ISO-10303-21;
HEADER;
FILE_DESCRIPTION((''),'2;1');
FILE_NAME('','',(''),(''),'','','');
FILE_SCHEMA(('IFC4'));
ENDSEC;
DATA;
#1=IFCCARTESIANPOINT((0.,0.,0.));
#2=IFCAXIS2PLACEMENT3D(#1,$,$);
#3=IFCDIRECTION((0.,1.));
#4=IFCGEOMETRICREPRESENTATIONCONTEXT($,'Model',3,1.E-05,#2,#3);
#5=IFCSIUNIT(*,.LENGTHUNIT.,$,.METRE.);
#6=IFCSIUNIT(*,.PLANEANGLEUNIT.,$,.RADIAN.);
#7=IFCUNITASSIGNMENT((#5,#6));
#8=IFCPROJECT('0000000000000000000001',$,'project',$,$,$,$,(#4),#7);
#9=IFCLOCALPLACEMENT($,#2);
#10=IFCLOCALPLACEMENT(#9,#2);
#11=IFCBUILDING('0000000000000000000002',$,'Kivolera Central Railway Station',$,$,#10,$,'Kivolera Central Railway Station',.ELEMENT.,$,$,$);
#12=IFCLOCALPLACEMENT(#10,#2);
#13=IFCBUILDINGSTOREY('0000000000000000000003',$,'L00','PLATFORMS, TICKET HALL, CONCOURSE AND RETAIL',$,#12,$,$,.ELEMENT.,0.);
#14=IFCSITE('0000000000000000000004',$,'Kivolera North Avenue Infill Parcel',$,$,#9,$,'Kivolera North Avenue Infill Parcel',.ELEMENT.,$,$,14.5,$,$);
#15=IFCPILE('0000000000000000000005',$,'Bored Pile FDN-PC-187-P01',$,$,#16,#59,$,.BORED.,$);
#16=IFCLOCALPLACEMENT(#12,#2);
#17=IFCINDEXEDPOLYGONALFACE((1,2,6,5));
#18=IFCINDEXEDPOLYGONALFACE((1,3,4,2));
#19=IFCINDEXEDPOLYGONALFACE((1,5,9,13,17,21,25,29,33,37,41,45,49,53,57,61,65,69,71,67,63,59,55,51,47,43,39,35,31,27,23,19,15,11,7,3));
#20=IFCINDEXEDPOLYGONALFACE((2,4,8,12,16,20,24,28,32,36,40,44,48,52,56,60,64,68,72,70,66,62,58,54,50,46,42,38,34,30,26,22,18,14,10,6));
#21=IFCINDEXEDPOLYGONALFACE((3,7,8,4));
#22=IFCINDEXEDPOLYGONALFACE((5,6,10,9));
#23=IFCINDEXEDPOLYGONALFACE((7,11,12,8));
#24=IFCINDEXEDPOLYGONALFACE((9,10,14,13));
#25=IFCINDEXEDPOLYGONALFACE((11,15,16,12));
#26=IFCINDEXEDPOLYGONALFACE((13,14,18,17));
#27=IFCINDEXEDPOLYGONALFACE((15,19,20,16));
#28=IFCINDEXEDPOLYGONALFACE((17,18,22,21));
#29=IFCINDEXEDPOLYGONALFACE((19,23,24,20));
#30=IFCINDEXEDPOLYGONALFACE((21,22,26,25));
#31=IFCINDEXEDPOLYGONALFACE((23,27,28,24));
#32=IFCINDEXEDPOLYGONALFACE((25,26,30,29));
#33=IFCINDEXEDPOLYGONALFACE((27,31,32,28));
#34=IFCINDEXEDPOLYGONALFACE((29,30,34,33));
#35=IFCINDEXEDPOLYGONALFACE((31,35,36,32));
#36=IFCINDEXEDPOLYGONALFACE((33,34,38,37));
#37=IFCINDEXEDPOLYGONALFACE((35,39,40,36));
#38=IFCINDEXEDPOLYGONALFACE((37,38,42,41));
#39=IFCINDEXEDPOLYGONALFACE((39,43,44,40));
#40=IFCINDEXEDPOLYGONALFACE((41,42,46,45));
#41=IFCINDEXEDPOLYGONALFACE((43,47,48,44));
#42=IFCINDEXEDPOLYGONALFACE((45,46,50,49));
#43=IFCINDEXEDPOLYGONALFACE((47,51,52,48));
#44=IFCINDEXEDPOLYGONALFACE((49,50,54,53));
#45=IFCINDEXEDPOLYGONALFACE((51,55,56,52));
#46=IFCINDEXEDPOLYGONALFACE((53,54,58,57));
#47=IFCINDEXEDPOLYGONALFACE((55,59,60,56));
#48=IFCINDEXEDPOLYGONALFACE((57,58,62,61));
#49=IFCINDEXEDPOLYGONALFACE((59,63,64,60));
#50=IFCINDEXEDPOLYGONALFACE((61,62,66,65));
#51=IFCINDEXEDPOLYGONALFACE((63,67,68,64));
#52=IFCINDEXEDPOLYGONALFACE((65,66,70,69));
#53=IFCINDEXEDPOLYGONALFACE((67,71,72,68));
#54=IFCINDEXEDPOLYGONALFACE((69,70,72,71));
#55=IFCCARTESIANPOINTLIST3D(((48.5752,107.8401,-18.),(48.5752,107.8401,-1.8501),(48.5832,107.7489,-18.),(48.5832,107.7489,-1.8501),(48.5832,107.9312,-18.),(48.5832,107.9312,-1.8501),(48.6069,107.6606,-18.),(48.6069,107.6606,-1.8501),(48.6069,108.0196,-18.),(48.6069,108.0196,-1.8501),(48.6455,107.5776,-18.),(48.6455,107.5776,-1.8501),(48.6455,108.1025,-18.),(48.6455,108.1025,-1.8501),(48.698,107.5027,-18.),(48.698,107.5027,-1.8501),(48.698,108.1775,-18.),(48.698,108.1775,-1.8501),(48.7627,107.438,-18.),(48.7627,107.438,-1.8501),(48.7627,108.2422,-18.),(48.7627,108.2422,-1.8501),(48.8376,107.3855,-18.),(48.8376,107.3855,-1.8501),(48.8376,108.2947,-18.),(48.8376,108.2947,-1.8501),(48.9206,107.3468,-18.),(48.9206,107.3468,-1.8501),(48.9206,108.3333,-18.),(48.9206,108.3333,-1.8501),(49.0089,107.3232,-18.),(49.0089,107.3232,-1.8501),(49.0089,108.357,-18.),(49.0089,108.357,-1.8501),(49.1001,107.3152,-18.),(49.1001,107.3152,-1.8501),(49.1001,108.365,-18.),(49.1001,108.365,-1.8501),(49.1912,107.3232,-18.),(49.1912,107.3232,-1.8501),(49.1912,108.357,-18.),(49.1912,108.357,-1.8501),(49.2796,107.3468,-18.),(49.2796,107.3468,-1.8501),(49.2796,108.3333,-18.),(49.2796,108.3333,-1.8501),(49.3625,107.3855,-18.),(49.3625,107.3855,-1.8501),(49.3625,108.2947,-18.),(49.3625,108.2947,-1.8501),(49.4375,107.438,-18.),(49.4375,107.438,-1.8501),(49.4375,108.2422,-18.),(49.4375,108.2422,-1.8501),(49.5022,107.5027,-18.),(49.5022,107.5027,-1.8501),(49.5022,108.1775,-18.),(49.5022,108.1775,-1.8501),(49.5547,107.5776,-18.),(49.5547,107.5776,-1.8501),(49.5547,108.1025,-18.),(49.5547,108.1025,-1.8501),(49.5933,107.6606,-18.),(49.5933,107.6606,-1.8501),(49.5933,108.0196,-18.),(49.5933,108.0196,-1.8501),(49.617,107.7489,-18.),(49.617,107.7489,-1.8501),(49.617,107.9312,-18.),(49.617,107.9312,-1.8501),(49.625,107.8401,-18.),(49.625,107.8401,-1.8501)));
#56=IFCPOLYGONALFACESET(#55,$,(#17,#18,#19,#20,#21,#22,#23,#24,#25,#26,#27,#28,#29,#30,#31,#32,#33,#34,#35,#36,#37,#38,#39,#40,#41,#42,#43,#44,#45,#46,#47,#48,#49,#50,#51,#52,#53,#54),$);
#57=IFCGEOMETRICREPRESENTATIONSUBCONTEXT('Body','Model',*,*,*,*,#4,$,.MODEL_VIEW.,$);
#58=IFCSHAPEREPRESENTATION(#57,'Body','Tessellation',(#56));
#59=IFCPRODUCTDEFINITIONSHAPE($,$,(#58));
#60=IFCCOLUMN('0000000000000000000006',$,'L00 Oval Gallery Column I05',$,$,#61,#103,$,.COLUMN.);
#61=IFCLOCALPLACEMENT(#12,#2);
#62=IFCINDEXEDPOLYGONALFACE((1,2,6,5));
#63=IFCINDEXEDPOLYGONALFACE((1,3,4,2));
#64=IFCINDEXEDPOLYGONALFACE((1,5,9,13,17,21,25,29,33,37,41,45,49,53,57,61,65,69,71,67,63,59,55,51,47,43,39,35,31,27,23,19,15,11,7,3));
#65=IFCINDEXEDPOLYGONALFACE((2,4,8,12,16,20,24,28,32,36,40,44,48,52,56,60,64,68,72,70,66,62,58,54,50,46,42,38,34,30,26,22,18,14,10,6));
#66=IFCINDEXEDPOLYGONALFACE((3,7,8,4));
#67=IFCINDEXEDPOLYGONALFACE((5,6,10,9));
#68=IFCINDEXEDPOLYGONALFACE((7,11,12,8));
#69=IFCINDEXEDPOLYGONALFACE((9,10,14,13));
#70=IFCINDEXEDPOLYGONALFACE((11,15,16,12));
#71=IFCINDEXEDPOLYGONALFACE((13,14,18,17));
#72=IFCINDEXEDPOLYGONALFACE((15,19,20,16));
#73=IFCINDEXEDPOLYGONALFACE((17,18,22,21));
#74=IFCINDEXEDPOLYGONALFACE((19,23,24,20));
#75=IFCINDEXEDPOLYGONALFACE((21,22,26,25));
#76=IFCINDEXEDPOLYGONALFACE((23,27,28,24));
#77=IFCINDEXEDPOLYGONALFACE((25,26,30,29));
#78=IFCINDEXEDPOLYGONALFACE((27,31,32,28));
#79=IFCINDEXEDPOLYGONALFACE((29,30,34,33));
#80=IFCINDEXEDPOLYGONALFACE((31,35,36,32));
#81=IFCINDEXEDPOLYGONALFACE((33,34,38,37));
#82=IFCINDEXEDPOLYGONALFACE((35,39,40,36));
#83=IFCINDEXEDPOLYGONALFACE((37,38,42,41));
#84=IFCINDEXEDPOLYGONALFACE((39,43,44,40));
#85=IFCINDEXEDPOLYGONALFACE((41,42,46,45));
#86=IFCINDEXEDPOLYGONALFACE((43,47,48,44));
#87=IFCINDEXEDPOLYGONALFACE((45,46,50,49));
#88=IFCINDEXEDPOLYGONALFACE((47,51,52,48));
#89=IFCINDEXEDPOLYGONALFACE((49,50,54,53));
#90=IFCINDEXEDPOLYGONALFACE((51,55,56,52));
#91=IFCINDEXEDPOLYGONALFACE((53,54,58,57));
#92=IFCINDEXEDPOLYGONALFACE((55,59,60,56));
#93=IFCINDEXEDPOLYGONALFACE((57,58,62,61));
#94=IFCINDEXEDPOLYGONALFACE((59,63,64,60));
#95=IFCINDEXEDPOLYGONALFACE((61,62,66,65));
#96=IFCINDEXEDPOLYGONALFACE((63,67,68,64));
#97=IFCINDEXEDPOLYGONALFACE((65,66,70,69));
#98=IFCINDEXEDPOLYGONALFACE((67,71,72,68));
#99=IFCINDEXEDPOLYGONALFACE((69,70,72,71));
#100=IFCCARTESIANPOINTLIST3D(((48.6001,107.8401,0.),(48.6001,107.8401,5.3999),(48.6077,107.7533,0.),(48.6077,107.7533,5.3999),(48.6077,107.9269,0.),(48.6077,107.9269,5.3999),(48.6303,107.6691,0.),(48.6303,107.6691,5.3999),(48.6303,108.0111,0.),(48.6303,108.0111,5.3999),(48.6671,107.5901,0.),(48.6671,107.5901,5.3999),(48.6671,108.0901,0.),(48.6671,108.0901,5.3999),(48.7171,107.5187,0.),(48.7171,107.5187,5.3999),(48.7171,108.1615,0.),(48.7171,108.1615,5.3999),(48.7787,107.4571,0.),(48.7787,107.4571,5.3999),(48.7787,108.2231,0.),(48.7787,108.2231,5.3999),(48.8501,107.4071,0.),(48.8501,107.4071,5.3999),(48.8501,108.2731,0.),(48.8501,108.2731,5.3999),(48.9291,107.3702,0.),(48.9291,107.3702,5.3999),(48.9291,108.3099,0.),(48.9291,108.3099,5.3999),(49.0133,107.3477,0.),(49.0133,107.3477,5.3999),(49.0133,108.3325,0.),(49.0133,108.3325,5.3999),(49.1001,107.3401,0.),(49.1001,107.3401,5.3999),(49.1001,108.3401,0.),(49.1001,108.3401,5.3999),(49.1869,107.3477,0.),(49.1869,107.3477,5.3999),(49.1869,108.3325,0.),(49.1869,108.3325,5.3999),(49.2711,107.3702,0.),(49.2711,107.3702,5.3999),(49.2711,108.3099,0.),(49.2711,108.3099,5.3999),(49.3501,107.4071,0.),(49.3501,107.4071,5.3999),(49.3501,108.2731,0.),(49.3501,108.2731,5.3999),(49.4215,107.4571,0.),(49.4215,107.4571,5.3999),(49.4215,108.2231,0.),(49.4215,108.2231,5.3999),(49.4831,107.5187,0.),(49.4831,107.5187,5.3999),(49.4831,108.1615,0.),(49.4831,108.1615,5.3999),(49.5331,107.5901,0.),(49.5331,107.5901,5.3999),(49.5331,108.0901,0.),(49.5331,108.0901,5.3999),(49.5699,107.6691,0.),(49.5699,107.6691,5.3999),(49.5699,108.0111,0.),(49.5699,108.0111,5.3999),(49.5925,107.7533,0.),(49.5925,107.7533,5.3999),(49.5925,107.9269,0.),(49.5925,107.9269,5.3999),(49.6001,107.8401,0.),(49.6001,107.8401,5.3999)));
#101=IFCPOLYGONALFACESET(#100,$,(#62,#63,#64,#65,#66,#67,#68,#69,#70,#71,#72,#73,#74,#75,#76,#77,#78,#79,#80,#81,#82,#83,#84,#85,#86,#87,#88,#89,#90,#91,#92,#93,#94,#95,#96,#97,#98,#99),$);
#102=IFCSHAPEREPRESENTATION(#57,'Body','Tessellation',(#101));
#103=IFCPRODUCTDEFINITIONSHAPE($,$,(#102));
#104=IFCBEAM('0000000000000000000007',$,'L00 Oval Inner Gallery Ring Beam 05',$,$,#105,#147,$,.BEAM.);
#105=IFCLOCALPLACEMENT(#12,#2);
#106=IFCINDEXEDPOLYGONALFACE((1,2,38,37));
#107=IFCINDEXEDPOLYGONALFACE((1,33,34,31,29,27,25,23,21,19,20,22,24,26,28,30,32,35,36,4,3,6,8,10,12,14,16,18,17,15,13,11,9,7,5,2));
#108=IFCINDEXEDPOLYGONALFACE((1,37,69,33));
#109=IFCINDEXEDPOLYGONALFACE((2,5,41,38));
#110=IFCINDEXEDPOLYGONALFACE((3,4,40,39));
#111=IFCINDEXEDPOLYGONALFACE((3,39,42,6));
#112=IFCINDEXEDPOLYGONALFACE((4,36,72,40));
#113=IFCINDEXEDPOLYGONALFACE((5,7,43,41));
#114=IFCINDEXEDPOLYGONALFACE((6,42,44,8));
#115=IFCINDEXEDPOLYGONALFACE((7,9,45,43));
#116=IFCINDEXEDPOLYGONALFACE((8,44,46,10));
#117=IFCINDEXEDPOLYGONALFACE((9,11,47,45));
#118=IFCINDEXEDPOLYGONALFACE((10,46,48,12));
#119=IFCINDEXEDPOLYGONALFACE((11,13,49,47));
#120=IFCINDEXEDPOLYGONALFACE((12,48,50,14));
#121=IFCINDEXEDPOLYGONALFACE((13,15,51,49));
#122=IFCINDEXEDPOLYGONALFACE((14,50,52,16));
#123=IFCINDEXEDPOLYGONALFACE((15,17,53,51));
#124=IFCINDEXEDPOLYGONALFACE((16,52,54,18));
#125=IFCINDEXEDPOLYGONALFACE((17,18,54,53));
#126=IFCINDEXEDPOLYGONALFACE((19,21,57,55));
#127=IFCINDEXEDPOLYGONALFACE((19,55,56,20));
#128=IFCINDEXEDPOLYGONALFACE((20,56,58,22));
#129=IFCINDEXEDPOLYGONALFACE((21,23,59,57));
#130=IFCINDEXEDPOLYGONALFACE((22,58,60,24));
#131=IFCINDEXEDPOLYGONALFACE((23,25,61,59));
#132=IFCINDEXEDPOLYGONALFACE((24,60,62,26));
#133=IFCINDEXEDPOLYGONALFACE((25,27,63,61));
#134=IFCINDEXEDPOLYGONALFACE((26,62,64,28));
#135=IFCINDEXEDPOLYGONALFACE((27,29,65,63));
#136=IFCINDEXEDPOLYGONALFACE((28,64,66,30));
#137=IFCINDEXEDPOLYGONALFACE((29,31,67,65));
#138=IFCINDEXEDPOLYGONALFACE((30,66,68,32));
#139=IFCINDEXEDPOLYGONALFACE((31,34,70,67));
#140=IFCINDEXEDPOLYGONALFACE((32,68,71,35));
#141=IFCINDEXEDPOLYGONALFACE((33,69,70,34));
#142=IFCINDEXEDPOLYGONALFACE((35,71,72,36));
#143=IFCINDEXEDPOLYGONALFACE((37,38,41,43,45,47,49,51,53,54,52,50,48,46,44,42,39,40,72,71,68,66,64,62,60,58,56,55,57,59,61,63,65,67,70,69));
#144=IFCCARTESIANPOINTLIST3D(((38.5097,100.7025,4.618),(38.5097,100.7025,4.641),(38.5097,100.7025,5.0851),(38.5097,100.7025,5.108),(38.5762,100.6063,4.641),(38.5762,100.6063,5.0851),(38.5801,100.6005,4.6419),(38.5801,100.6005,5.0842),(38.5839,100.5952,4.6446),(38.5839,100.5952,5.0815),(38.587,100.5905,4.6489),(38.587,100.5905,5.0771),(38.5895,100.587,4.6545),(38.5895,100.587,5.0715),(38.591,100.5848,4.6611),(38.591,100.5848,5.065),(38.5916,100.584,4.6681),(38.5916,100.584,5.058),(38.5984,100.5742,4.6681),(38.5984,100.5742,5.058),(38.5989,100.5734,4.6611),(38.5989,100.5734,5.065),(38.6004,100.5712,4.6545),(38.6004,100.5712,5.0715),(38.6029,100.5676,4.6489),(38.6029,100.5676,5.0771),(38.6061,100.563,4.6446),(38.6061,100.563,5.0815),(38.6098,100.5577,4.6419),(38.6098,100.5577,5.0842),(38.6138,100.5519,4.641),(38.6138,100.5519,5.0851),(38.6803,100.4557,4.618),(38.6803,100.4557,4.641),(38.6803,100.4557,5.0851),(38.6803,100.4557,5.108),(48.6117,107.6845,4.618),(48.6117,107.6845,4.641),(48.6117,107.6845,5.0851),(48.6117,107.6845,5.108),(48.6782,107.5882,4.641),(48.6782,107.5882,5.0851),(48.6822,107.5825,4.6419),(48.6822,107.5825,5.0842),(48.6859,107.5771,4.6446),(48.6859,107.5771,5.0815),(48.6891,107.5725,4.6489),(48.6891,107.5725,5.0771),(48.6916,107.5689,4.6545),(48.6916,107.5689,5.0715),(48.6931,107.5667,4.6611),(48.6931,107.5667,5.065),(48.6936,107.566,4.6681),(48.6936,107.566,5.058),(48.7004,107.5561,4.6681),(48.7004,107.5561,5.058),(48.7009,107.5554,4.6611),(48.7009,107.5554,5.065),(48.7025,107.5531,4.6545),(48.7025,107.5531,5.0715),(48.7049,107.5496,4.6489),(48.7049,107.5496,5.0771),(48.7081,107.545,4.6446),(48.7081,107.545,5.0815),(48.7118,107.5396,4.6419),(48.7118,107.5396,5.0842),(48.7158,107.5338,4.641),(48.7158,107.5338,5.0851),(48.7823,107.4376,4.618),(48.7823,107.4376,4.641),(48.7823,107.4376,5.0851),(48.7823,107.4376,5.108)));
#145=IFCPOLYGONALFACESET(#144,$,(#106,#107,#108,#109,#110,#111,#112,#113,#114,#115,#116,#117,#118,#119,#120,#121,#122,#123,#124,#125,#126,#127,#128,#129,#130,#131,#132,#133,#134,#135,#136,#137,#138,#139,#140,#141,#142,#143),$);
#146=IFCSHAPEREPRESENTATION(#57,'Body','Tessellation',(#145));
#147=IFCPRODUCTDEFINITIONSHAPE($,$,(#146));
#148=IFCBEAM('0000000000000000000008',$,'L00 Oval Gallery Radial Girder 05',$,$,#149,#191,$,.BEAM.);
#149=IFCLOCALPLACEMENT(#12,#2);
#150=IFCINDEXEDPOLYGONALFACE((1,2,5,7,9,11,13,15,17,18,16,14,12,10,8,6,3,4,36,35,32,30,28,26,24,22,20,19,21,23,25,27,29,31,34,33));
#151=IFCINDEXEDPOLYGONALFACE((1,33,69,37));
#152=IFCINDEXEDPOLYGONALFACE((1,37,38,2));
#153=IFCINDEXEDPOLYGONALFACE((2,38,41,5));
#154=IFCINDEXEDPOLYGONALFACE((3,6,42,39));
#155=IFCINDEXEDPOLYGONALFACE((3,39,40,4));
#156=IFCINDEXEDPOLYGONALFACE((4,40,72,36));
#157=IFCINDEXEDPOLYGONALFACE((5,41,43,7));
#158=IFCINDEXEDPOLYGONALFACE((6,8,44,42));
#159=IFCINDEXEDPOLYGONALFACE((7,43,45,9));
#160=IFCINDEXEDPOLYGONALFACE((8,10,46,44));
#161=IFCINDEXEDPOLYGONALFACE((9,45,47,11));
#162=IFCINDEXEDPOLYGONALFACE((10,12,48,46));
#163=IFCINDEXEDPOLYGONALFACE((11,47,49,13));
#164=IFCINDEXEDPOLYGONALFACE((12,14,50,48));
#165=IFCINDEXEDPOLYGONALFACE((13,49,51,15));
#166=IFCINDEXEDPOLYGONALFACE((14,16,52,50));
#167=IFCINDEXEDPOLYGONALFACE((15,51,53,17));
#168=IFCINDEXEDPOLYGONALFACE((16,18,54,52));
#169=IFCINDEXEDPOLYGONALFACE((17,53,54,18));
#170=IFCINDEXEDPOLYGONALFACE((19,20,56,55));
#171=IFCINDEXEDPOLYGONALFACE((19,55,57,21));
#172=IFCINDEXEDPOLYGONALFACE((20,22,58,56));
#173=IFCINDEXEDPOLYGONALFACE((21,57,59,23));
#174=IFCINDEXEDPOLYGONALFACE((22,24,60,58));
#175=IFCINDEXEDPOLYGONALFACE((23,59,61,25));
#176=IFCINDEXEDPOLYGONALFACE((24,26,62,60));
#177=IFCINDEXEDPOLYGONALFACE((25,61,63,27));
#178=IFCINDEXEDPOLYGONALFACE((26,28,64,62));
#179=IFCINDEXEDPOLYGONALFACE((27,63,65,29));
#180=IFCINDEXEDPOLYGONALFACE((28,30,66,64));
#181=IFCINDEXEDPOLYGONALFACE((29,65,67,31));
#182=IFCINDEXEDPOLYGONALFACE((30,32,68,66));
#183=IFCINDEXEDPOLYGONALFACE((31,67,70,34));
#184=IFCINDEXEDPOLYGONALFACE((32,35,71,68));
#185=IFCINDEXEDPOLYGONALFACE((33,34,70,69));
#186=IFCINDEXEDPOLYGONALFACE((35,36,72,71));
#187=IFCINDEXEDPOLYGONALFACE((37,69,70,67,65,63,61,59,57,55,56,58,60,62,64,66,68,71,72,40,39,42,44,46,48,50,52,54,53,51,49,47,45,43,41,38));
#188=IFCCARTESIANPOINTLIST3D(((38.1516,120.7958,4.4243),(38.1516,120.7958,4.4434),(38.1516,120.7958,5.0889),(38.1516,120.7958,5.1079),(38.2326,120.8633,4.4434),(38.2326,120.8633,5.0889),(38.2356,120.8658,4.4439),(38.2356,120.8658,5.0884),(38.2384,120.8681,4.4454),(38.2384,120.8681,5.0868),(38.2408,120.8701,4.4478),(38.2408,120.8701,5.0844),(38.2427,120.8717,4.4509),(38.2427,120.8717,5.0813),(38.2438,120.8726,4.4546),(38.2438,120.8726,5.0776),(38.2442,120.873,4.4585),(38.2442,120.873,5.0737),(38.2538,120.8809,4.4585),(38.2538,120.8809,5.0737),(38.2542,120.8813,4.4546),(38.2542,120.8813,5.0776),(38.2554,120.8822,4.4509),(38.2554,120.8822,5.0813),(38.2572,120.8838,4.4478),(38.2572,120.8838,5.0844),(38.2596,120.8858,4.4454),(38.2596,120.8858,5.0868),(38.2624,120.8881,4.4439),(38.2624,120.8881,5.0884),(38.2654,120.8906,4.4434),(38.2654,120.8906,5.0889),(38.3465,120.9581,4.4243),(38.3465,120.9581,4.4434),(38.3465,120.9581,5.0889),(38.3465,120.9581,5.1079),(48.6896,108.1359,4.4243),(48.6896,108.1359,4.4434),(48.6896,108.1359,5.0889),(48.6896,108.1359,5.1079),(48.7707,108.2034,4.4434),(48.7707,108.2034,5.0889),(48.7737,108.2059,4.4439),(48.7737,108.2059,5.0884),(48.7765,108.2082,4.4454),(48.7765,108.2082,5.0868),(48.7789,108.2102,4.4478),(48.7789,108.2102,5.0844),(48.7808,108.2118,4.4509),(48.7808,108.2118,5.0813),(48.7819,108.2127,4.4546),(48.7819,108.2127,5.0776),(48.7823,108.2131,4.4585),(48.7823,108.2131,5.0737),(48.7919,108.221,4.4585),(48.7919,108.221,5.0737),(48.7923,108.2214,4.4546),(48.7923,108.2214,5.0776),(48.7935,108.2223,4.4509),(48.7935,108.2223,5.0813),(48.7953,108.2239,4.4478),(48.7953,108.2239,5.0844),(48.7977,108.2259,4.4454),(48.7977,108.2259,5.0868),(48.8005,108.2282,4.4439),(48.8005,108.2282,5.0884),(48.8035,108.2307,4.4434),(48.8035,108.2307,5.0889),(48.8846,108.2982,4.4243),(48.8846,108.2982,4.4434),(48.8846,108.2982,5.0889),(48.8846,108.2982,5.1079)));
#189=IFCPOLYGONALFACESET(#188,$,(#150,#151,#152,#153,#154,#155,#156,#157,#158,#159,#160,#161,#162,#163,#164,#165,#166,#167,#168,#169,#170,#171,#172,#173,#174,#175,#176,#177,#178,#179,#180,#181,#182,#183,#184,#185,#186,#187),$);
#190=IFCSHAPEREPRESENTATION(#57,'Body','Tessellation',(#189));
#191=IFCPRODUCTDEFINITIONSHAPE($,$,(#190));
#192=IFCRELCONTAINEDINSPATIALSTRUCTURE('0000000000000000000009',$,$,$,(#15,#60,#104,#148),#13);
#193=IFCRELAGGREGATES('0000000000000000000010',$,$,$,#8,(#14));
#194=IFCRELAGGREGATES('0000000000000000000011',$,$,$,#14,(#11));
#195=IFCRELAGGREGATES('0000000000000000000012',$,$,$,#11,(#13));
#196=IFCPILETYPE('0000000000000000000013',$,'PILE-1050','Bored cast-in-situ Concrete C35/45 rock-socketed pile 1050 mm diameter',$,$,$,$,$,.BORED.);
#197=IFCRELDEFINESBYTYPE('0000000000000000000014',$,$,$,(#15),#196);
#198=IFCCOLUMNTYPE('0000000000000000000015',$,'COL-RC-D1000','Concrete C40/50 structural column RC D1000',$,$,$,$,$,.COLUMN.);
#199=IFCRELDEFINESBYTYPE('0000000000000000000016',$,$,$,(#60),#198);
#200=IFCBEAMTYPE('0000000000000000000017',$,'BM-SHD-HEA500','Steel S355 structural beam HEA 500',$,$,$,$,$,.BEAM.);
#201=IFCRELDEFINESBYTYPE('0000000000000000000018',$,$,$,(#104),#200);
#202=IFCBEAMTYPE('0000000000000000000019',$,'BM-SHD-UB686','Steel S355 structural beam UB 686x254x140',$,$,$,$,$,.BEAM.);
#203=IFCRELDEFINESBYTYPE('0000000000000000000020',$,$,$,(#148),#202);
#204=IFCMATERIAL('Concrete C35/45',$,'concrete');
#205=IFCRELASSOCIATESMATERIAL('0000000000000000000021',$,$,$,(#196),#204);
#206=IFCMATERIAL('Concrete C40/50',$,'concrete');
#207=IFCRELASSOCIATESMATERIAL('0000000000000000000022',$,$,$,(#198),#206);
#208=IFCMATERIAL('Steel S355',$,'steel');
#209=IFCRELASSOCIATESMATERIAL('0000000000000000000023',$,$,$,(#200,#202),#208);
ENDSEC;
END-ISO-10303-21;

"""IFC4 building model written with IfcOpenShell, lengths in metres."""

from ifc_helpers import new_model, si_unit, direction, frame, origin, origin_2d, place, context, subcontext, project, spatial, circle, i_section, extrude, material, material_profile, profile_set, type_object, element, save


model = new_model("IFC4")

# Units and contexts
model_context = context("Model", 3, precision=1e-05, world=origin(), true_north=direction((0.0, 1.0)))
body_context = subcontext(model_context, "Body", "Model", "MODEL_VIEW")
ifc_project = project(units=[si_unit("LENGTHUNIT", "METRE"), si_unit("PLANEANGLEUNIT", "RADIAN")], contexts=[model_context])

# Site, building, storey
site_placement = place(None, origin())
site = spatial("IfcSite", under=ifc_project, at=site_placement, Name="Kivolera North Avenue Infill Parcel", LongName="Kivolera North Avenue Infill Parcel", CompositionType="ELEMENT", RefElevation=14.5)
building_placement = place(site_placement, origin())
building = spatial("IfcBuilding", under=site, at=building_placement, Name="Kivolera Central Railway Station", LongName="Kivolera Central Railway Station", CompositionType="ELEMENT")
storey_placement = place(building_placement, origin())
storey = spatial("IfcBuildingStorey", under=building, at=storey_placement, Name="L00", Description="PLATFORMS, TICKET HALL, CONCOURSE AND RETAIL", CompositionType="ELEMENT", Elevation=0.0)

# Shared definitions
ifc_material_1 = material(Name="Concrete C35/45", Category="concrete")

# Pile
ifc_material_profile_1 = material_profile(ifc_material_1, circle(Radius=0.5249, at=origin_2d()), Name="PILE D1050")
ifc_profile_set_1 = profile_set([ifc_material_profile_1], Name="Concrete C35/45")
pile_type = type_object("IfcPileType", Name="PILE-1050", Description="Bored cast-in-situ Concrete C35/45 rock-socketed pile 1050 mm diameter", PredefinedType="BORED", material=ifc_profile_set_1)
for number, where, z_axis, x_axis, name in (
    (1, (49.1001, 107.8401, -1.8501), (0.0, 0.0, -1.0), (1.0, 0.0, 0.0), "Bored Pile FDN-PC-187-P01"),
):
    element("IfcPile", number, at=place(storey_placement, frame(where, z_axis=z_axis, x_axis=x_axis)), inside=storey, type_object=pile_type, Name=name, PredefinedType="BORED", context=body_context, shape_type="SweptSolid", body=[
        extrude(circle(Radius=0.5249, at=origin_2d()), origin(), (0.0, 0.0, 1.0), 16.1499),
    ])

# Column
ifc_material_2 = material(Name="Concrete C40/50", Category="concrete")
ifc_material_profile_2 = material_profile(ifc_material_2, circle(Radius=0.5, at=origin_2d()), Name="RC D1000")
ifc_profile_set_2 = profile_set([ifc_material_profile_2], Name="Concrete C40/50")
column_type = type_object("IfcColumnType", Name="COL-RC-D1000", Description="Concrete C40/50 structural column RC D1000", PredefinedType="COLUMN", material=ifc_profile_set_2)
column_placement = place(storey_placement, frame((49.1001, 107.8401, 0.0), z_axis=(0.0, 0.0, 1.0), x_axis=(1.0, 0.0, 0.0)))
element("IfcColumn", 2, at=column_placement, inside=storey, type_object=column_type, Name="L00 Oval Gallery Column I05", PredefinedType="COLUMN", context=body_context, shape_type="SweptSolid", body=[
    extrude(circle(Radius=0.5, at=origin_2d()), origin(), (0.0, 0.0, 1.0), 5.3999),
])

# Beams
ifc_material_3 = material(Name="Steel S355", Category="steel")
ifc_material_profile_3 = material_profile(ifc_material_3, i_section(OverallWidth=0.3, OverallDepth=0.49, WebThickness=0.012, FlangeThickness=0.0229, FilletRadius=0.0271, at=origin_2d()), Name="HEA 500")
ifc_profile_set_3 = profile_set([ifc_material_profile_3], Name="Steel S355")
beam_type_1 = type_object("IfcBeamType", Name="BM-SHD-HEA500", Description="Steel S355 structural beam HEA 500", PredefinedType="BEAM", material=ifc_profile_set_3)
beam_1_placement = place(storey_placement, frame((48.697, 107.561, 4.863), z_axis=(-0.822641, -0.568561, 0.0), x_axis=(0.568561, -0.822641, 0.0)))
element("IfcBeam", 3, at=beam_1_placement, inside=storey, type_object=beam_type_1, Name="L00 Oval Inner Gallery Ring Beam 05", PredefinedType="BEAM", context=body_context, shape_type="SweptSolid", body=[
    extrude(i_section(OverallWidth=0.3, OverallDepth=0.49, WebThickness=0.012, FlangeThickness=0.0229, FilletRadius=0.0271, at=origin_2d()), origin(), (0.0, 0.0, 1.0), 12.28),
])
ifc_material_profile_4 = material_profile(ifc_material_3, i_section(OverallWidth=0.2537, OverallDepth=0.6836, WebThickness=0.0125, FlangeThickness=0.019, FilletRadius=0.0151, at=origin_2d()), Name="UB 686x254x140")
ifc_profile_set_4 = profile_set([ifc_material_profile_4], Name="Steel S355")
beam_type_2 = type_object("IfcBeamType", Name="BM-SHD-UB686", Description="Steel S355 structural beam UB 686x254x140", PredefinedType="BEAM", material=ifc_profile_set_4)
beam_2_placement = place(storey_placement, frame((48.7871, 108.217, 4.7661), z_axis=(-0.63976, 0.768575, 0.0), x_axis=(-0.768575, -0.63976, 0.0)))
element("IfcBeam", 4, at=beam_2_placement, inside=storey, type_object=beam_type_2, Name="L00 Oval Gallery Radial Girder 05", PredefinedType="BEAM", context=body_context, shape_type="SweptSolid", body=[
    extrude(i_section(OverallWidth=0.2537, OverallDepth=0.6836, WebThickness=0.0125, FlangeThickness=0.019, FilletRadius=0.0151, at=origin_2d()), origin(), (0.0, 0.0, 1.0), 16.4719),
])

save(model, "model.ifc")
